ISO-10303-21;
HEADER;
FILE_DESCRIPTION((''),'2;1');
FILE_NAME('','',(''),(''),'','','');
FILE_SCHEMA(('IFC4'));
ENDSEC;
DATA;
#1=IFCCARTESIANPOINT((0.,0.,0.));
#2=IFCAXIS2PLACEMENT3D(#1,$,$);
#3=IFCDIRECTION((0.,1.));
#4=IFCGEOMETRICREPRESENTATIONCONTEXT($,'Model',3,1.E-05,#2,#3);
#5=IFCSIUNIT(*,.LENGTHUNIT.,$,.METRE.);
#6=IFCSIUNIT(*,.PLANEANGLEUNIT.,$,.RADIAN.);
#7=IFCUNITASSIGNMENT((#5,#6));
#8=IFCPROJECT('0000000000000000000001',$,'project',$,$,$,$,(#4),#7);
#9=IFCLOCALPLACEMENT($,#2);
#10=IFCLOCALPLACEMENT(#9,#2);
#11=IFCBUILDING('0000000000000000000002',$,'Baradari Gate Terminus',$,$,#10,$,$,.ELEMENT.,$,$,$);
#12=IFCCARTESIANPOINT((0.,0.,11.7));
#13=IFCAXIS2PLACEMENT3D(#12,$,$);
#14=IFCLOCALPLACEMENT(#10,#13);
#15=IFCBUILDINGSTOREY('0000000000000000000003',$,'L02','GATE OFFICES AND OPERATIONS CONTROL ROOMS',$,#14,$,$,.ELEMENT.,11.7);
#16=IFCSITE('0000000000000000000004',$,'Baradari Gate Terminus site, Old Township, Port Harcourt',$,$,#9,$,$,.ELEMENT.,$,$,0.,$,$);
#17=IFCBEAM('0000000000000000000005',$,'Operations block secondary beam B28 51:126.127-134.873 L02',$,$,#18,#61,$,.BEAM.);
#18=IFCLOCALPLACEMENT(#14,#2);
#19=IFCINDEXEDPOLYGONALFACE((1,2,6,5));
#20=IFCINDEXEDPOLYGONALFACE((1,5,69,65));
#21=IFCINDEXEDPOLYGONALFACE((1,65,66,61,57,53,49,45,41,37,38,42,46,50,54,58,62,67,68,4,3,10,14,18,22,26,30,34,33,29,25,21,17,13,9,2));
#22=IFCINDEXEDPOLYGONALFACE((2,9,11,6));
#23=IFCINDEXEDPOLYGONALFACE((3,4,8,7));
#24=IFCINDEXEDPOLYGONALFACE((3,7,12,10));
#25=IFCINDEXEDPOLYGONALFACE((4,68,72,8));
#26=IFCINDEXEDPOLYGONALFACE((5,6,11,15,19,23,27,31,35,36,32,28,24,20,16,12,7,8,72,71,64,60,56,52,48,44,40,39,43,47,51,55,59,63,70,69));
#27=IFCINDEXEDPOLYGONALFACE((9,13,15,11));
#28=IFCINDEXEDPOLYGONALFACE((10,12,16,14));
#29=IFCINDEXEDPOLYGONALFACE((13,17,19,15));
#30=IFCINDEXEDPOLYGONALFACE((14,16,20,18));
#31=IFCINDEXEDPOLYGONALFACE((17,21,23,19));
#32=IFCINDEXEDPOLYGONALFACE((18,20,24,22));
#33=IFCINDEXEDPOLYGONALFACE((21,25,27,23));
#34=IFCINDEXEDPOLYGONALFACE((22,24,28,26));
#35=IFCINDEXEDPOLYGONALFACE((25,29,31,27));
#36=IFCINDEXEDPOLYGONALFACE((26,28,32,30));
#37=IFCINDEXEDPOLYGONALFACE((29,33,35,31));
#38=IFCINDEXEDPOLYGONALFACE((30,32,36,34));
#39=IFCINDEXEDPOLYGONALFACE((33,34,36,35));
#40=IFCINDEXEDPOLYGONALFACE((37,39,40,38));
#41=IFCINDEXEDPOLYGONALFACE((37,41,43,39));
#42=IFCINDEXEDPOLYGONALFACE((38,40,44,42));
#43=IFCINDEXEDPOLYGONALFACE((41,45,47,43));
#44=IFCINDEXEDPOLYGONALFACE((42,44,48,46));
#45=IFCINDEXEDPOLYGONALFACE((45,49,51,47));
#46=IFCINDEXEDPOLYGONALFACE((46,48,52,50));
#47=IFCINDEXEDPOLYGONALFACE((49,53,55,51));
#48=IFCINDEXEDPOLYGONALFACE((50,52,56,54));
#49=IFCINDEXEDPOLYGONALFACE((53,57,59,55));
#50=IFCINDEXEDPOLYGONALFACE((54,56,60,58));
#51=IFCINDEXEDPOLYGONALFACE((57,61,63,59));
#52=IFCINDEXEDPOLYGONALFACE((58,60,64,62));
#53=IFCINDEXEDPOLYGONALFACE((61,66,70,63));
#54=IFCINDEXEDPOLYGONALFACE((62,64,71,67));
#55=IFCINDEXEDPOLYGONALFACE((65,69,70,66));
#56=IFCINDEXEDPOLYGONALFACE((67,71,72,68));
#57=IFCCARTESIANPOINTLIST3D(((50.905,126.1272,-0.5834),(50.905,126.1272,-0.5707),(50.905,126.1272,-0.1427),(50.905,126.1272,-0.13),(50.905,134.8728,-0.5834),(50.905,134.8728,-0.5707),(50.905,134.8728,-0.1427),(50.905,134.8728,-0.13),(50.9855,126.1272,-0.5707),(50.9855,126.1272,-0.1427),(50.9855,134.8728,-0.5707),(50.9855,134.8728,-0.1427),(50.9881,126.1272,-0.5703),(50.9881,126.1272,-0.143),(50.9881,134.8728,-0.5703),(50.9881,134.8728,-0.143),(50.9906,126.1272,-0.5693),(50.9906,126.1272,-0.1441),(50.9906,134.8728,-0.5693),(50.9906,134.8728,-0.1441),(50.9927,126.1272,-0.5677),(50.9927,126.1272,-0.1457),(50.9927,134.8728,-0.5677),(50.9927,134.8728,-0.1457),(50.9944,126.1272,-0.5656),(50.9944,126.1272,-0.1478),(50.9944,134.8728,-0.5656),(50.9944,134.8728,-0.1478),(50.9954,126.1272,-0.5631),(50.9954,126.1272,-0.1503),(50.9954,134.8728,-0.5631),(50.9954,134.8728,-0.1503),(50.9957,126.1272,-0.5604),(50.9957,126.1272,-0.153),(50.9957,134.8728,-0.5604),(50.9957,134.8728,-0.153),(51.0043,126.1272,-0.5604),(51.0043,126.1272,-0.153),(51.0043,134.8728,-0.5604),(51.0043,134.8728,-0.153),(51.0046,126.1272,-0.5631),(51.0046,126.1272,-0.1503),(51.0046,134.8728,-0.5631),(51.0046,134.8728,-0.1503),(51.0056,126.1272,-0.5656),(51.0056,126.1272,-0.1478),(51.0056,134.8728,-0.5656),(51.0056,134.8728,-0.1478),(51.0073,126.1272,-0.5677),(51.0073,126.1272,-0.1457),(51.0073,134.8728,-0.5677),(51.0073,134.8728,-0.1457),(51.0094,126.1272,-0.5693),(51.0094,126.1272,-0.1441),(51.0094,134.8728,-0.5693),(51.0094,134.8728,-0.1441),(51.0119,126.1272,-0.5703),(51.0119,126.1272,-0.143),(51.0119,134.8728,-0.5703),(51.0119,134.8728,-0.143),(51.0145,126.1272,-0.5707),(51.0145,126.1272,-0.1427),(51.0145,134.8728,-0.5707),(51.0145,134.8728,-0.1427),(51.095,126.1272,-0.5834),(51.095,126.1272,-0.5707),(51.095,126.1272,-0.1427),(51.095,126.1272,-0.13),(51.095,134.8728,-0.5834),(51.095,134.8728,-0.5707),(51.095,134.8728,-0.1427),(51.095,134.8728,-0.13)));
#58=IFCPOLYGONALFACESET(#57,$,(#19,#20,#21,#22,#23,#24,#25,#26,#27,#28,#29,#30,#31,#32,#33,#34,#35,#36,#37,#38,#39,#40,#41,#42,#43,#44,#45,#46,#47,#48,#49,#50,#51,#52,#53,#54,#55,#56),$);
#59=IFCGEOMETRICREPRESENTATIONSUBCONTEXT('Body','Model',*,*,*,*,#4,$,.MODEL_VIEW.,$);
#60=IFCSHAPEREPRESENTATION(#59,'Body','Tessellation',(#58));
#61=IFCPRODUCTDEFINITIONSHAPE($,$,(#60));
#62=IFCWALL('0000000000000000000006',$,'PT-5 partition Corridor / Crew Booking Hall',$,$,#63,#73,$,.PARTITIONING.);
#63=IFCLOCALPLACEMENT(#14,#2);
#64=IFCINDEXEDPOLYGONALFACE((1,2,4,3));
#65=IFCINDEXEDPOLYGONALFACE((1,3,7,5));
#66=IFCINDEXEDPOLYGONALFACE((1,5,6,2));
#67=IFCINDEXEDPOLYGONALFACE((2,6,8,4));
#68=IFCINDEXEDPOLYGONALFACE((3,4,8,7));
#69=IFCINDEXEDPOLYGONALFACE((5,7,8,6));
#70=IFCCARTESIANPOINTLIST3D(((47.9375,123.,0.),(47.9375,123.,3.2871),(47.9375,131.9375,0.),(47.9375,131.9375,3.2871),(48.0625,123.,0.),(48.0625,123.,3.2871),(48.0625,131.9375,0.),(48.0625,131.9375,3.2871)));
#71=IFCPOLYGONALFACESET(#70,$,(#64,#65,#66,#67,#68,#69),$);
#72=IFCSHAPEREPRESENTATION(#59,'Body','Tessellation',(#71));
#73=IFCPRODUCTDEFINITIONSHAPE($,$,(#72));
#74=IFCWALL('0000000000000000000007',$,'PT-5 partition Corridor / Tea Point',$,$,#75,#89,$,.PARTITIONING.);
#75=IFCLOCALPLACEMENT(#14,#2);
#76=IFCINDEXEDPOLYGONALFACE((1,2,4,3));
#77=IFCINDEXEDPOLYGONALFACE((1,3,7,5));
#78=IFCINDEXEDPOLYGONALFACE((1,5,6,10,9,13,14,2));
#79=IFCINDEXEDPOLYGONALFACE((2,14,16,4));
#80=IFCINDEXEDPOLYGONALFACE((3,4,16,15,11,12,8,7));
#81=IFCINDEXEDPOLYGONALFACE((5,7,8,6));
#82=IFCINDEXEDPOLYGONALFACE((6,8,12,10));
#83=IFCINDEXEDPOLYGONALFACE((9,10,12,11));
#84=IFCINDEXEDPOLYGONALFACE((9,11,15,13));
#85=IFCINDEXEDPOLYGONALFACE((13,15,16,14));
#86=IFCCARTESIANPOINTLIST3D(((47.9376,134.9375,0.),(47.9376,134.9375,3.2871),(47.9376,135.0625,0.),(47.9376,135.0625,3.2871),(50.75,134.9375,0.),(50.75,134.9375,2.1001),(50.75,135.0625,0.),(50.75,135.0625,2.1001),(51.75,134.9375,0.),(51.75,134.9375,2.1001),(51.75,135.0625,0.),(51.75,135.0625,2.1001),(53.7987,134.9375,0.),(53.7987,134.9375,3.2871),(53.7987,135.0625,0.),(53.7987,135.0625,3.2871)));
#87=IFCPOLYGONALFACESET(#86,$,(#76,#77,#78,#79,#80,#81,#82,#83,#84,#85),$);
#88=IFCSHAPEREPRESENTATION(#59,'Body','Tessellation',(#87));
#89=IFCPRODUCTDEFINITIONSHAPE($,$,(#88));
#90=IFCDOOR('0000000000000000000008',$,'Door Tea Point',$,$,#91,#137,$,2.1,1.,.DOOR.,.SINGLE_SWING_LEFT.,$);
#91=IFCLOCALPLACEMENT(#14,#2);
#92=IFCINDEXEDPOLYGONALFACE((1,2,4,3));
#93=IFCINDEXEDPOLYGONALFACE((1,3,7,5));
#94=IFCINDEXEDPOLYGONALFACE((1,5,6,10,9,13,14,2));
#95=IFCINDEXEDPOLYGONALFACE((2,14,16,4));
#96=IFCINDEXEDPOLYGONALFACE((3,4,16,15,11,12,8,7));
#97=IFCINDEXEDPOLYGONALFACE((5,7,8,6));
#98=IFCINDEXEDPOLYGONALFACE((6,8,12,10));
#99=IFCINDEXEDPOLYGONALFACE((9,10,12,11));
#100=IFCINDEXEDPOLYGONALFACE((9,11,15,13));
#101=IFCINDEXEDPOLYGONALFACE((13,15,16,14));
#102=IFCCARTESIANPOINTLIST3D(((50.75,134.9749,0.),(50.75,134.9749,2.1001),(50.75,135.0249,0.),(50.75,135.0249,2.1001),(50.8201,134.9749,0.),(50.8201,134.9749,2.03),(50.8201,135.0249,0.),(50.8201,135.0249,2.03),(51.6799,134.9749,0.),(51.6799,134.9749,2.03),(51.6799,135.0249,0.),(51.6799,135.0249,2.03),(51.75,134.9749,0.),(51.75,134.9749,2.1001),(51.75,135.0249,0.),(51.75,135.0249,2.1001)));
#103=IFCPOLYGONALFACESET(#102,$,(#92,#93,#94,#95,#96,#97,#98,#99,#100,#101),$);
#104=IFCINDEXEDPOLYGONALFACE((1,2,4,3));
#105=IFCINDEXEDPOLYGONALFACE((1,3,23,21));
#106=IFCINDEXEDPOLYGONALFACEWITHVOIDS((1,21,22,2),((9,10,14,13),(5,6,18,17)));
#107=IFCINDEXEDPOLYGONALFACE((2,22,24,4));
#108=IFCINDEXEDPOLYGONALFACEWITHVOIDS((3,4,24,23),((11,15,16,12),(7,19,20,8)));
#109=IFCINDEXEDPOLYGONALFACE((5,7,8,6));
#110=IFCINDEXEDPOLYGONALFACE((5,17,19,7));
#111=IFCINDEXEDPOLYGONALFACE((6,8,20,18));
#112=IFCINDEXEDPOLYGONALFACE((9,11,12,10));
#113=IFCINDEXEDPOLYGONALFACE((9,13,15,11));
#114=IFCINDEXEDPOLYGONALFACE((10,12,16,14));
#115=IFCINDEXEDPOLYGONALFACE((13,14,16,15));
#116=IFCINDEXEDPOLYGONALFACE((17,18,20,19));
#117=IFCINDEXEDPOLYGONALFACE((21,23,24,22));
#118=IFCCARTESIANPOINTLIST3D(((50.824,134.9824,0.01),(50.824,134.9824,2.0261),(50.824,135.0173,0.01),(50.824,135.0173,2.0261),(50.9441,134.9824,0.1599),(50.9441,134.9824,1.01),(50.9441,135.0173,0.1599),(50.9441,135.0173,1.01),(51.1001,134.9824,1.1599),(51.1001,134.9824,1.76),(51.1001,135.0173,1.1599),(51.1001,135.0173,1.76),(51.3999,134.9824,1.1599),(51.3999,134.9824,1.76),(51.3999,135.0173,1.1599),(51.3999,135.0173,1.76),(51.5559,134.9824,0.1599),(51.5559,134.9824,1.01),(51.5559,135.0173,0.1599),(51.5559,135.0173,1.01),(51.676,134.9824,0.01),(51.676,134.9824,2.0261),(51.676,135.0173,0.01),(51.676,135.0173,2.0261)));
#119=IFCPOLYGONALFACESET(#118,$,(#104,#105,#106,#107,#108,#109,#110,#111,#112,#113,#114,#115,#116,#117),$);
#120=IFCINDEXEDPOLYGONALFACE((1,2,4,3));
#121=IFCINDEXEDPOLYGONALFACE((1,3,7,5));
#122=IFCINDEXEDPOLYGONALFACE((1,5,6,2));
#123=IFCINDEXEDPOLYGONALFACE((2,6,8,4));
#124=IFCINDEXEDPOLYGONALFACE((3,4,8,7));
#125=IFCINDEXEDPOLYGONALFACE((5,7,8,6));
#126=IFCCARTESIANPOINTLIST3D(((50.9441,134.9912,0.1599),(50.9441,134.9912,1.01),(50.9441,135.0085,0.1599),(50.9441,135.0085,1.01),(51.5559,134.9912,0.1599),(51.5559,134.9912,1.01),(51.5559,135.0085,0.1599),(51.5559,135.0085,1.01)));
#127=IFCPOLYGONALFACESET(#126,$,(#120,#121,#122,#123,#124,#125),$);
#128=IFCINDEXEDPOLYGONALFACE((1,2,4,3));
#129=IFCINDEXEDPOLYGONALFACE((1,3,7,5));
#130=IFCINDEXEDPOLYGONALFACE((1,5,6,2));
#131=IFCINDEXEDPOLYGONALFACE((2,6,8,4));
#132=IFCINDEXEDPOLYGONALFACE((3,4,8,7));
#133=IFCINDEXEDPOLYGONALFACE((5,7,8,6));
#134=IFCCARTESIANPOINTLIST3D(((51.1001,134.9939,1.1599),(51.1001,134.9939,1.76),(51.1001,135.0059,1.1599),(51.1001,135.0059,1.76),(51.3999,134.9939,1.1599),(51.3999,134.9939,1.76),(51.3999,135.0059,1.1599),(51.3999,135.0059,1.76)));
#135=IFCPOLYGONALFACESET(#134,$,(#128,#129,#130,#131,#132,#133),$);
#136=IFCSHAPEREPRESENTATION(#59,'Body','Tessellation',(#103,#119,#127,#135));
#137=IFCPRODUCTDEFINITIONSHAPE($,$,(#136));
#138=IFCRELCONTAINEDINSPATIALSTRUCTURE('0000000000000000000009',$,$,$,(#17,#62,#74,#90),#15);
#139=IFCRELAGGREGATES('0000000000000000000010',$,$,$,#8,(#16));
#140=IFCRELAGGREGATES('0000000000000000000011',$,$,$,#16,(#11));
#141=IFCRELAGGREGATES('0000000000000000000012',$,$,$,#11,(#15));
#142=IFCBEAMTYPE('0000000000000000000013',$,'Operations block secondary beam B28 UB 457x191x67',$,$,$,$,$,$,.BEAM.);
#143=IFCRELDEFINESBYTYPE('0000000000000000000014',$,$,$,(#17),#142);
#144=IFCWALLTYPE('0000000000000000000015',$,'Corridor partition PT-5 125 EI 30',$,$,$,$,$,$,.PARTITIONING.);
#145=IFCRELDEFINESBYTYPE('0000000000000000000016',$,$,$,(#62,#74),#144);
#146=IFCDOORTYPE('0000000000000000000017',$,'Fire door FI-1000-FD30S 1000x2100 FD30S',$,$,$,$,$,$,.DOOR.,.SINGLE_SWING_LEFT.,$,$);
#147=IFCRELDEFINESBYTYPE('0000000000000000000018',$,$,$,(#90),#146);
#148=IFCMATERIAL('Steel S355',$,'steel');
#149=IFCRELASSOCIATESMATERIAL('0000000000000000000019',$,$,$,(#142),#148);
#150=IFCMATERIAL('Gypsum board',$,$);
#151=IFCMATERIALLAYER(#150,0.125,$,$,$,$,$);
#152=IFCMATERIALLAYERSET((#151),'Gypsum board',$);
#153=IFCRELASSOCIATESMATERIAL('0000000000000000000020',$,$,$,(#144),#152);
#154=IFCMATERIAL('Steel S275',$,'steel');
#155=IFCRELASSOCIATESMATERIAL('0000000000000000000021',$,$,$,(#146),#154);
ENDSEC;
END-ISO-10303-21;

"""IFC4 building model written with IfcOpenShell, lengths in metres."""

from ifc_helpers import new_model, si_unit, direction, frame, frame_2d, origin, origin_2d, place, context, subcontext, project, spatial, polyline, rectangle, i_section, outline, extrude, material, layer, layer_set, material_profile, profile_set, type_object, element, fill, save


model = new_model("IFC4")

# Units and contexts
model_context = context("Model", 3, precision=1e-05, world=origin(), true_north=direction((0.0, 1.0)))
body_context = subcontext(model_context, "Body", "Model", "MODEL_VIEW")
ifc_project = project(units=[si_unit("LENGTHUNIT", "METRE"), si_unit("PLANEANGLEUNIT", "RADIAN")], contexts=[model_context])

# Site, building, storey
site_placement = place(None, origin())
site = spatial("IfcSite", under=ifc_project, at=site_placement, Name="Baradari Gate Terminus site, Old Township, Port Harcourt", CompositionType="ELEMENT", RefElevation=0.0)
building_placement = place(site_placement, origin())
building = spatial("IfcBuilding", under=site, at=building_placement, Name="Baradari Gate Terminus", CompositionType="ELEMENT")
storey_placement = place(building_placement, frame((0.0, 0.0, 11.7)))
storey = spatial("IfcBuildingStorey", under=building, at=storey_placement, Name="L02", Description="GATE OFFICES AND OPERATIONS CONTROL ROOMS", CompositionType="ELEMENT", Elevation=11.7)

# Beam
ifc_material_1 = material(Name="Steel S355", Category="steel")
ifc_material_profile_1 = material_profile(ifc_material_1, i_section(OverallWidth=0.1899, OverallDepth=0.4534, WebThickness=0.0085, FlangeThickness=0.0127, FilletRadius=0.0103, at=origin_2d()), Name="UB 457x191x67")
ifc_profile_set_1 = profile_set([ifc_material_profile_1], Name="Steel S355")
beam_type_1 = type_object("IfcBeamType", Name="Operations block secondary beam B28 UB 457x191x67", PredefinedType="BEAM", material=ifc_profile_set_1)
for number, where, z_axis, x_axis, name in (
    (1, (51.0, 126.1272, -0.3567), (0.0, 1.0, 0.0), (-1.0, 0.0, 0.0), "Operations block secondary beam B28 51:126.127-134.873 L02"),
):
    element("IfcBeam", number, at=place(storey_placement, frame(where, z_axis=z_axis, x_axis=x_axis)), inside=storey, type_object=beam_type_1, Name=name, PredefinedType="BEAM", context=body_context, shape_type="SweptSolid", body=[
        extrude(i_section(OverallWidth=0.1899, OverallDepth=0.4534, WebThickness=0.0085, FlangeThickness=0.0127, FilletRadius=0.0103, at=origin_2d()), origin(), (0.0, 0.0, 1.0), 8.7456),
    ])

# Wall
ifc_material_2 = material(Name="Gypsum board")
ifc_layer_1 = layer(ifc_material_2, 0.125)
ifc_layer_set_1 = layer_set([ifc_layer_1], Name="Gypsum board")
wall_type_1 = type_object("IfcWallType", Name="Corridor partition PT-5 125 EI 30", PredefinedType="PARTITIONING", material=ifc_layer_set_1)
wall_1_placement = place(storey_placement, frame((48.0, 131.9375, 0.0), z_axis=(0.0, 0.0, 1.0), x_axis=(0.0, -1.0, 0.0)))
element("IfcWall", 2, at=wall_1_placement, inside=storey, type_object=wall_type_1, Name="PT-5 partition Corridor / Crew Booking Hall", PredefinedType="PARTITIONING", context=body_context, shape_type="SweptSolid", body=[
    extrude(rectangle(XDim=8.9375, YDim=0.125, at=frame_2d((4.4688, 0.0))), origin(), (0.0, 0.0, 1.0), 3.2871),
])

# Wall, opening, door
wall_2_placement = place(storey_placement, frame((47.9375, 135.0, 0.0), z_axis=(0.0, 0.0, 1.0), x_axis=(1.0, 0.0, 0.0)))
wall_2 = element("IfcWall", 3, at=wall_2_placement, inside=storey, type_object=wall_type_1, Name="PT-5 partition Corridor / Tea Point", PredefinedType="PARTITIONING", context=body_context, shape_type="SweptSolid", body=[
    extrude(rectangle(XDim=5.8611, YDim=0.125, at=frame_2d((2.9307, 0.0))), origin(), (0.0, 0.0, 1.0), 3.2871),
])
opening_1_placement = place(wall_2_placement, frame((2.8125, 0.0, 0.0)))
opening_1 = element("IfcOpeningElement", 4, at=opening_1_placement, cuts=wall_2, PredefinedType="OPENING", context=body_context, shape_type="SweptSolid", body=[
    extrude(rectangle(XDim=1.0, YDim=2.1001, at=frame_2d((0.5, 1.05))), frame((0.0, 0.0725, 0.0), z_axis=(0.0, -1.0, 0.0), x_axis=(1.0, 0.0, 0.0)), (0.0, 0.0, 1.0), 0.145),
])
ifc_material_3 = material(Name="Steel S275", Category="steel")
door_type_1 = type_object("IfcDoorType", Name="Fire door FI-1000-FD30S 1000x2100 FD30S", OperationType="SINGLE_SWING_LEFT", PredefinedType="DOOR", material=ifc_material_3)
door_1_placement = place(opening_1_placement, origin())
door_1 = element("IfcDoor", 5, at=door_1_placement, inside=storey, type_object=door_type_1, Name="Door Tea Point", OperationType="SINGLE_SWING_LEFT", OverallHeight=2.1, OverallWidth=1.0, PredefinedType="DOOR", context=body_context, shape_type="SweptSolid", body=[
    extrude(outline(polyline([(0.0, 0.0), (0.0701, 0.0), (0.0701, 2.03), (0.9299, 2.03), (0.9299, 0.0), (1.0, 0.0), (1.0, 2.1001), (0.0, 2.1001), (0.0, 0.0)])), frame((0.0, 0.0249, 0.0), z_axis=(0.0, -1.0, 0.0), x_axis=(1.0, 0.0, 0.0)), (0.0, 0.0, 1.0), 0.05),
    extrude(outline(polyline([(0.074, 0.01), (0.926, 0.01), (0.926, 2.0261), (0.074, 2.0261), (0.074, 0.01)]), holes=[polyline([(0.1941, 0.1599), (0.8059, 0.1599), (0.8059, 1.01), (0.1941, 1.01), (0.1941, 0.1599)]), polyline([(0.3501, 1.1599), (0.6499, 1.1599), (0.6499, 1.76), (0.3501, 1.76), (0.3501, 1.1599)])]), frame((0.0, 0.0173, 0.0), z_axis=(0.0, -1.0, 0.0), x_axis=(1.0, 0.0, 0.0)), (0.0, 0.0, 1.0), 0.0349),
    extrude(rectangle(XDim=0.6118, YDim=0.8501, at=frame_2d((0.5, 0.585))), frame((0.0, 0.0085, 0.0), z_axis=(0.0, -1.0, 0.0), x_axis=(1.0, 0.0, 0.0)), (0.0, 0.0, 1.0), 0.0173),
    extrude(rectangle(XDim=0.2998, YDim=0.6001, at=frame_2d((0.5, 1.46))), frame((0.0, 0.0059, 0.0), z_axis=(0.0, -1.0, 0.0), x_axis=(1.0, 0.0, 0.0)), (0.0, 0.0, 1.0), 0.012),
])
fill(opening_1, door_1)

save(model, "model.ifc")
